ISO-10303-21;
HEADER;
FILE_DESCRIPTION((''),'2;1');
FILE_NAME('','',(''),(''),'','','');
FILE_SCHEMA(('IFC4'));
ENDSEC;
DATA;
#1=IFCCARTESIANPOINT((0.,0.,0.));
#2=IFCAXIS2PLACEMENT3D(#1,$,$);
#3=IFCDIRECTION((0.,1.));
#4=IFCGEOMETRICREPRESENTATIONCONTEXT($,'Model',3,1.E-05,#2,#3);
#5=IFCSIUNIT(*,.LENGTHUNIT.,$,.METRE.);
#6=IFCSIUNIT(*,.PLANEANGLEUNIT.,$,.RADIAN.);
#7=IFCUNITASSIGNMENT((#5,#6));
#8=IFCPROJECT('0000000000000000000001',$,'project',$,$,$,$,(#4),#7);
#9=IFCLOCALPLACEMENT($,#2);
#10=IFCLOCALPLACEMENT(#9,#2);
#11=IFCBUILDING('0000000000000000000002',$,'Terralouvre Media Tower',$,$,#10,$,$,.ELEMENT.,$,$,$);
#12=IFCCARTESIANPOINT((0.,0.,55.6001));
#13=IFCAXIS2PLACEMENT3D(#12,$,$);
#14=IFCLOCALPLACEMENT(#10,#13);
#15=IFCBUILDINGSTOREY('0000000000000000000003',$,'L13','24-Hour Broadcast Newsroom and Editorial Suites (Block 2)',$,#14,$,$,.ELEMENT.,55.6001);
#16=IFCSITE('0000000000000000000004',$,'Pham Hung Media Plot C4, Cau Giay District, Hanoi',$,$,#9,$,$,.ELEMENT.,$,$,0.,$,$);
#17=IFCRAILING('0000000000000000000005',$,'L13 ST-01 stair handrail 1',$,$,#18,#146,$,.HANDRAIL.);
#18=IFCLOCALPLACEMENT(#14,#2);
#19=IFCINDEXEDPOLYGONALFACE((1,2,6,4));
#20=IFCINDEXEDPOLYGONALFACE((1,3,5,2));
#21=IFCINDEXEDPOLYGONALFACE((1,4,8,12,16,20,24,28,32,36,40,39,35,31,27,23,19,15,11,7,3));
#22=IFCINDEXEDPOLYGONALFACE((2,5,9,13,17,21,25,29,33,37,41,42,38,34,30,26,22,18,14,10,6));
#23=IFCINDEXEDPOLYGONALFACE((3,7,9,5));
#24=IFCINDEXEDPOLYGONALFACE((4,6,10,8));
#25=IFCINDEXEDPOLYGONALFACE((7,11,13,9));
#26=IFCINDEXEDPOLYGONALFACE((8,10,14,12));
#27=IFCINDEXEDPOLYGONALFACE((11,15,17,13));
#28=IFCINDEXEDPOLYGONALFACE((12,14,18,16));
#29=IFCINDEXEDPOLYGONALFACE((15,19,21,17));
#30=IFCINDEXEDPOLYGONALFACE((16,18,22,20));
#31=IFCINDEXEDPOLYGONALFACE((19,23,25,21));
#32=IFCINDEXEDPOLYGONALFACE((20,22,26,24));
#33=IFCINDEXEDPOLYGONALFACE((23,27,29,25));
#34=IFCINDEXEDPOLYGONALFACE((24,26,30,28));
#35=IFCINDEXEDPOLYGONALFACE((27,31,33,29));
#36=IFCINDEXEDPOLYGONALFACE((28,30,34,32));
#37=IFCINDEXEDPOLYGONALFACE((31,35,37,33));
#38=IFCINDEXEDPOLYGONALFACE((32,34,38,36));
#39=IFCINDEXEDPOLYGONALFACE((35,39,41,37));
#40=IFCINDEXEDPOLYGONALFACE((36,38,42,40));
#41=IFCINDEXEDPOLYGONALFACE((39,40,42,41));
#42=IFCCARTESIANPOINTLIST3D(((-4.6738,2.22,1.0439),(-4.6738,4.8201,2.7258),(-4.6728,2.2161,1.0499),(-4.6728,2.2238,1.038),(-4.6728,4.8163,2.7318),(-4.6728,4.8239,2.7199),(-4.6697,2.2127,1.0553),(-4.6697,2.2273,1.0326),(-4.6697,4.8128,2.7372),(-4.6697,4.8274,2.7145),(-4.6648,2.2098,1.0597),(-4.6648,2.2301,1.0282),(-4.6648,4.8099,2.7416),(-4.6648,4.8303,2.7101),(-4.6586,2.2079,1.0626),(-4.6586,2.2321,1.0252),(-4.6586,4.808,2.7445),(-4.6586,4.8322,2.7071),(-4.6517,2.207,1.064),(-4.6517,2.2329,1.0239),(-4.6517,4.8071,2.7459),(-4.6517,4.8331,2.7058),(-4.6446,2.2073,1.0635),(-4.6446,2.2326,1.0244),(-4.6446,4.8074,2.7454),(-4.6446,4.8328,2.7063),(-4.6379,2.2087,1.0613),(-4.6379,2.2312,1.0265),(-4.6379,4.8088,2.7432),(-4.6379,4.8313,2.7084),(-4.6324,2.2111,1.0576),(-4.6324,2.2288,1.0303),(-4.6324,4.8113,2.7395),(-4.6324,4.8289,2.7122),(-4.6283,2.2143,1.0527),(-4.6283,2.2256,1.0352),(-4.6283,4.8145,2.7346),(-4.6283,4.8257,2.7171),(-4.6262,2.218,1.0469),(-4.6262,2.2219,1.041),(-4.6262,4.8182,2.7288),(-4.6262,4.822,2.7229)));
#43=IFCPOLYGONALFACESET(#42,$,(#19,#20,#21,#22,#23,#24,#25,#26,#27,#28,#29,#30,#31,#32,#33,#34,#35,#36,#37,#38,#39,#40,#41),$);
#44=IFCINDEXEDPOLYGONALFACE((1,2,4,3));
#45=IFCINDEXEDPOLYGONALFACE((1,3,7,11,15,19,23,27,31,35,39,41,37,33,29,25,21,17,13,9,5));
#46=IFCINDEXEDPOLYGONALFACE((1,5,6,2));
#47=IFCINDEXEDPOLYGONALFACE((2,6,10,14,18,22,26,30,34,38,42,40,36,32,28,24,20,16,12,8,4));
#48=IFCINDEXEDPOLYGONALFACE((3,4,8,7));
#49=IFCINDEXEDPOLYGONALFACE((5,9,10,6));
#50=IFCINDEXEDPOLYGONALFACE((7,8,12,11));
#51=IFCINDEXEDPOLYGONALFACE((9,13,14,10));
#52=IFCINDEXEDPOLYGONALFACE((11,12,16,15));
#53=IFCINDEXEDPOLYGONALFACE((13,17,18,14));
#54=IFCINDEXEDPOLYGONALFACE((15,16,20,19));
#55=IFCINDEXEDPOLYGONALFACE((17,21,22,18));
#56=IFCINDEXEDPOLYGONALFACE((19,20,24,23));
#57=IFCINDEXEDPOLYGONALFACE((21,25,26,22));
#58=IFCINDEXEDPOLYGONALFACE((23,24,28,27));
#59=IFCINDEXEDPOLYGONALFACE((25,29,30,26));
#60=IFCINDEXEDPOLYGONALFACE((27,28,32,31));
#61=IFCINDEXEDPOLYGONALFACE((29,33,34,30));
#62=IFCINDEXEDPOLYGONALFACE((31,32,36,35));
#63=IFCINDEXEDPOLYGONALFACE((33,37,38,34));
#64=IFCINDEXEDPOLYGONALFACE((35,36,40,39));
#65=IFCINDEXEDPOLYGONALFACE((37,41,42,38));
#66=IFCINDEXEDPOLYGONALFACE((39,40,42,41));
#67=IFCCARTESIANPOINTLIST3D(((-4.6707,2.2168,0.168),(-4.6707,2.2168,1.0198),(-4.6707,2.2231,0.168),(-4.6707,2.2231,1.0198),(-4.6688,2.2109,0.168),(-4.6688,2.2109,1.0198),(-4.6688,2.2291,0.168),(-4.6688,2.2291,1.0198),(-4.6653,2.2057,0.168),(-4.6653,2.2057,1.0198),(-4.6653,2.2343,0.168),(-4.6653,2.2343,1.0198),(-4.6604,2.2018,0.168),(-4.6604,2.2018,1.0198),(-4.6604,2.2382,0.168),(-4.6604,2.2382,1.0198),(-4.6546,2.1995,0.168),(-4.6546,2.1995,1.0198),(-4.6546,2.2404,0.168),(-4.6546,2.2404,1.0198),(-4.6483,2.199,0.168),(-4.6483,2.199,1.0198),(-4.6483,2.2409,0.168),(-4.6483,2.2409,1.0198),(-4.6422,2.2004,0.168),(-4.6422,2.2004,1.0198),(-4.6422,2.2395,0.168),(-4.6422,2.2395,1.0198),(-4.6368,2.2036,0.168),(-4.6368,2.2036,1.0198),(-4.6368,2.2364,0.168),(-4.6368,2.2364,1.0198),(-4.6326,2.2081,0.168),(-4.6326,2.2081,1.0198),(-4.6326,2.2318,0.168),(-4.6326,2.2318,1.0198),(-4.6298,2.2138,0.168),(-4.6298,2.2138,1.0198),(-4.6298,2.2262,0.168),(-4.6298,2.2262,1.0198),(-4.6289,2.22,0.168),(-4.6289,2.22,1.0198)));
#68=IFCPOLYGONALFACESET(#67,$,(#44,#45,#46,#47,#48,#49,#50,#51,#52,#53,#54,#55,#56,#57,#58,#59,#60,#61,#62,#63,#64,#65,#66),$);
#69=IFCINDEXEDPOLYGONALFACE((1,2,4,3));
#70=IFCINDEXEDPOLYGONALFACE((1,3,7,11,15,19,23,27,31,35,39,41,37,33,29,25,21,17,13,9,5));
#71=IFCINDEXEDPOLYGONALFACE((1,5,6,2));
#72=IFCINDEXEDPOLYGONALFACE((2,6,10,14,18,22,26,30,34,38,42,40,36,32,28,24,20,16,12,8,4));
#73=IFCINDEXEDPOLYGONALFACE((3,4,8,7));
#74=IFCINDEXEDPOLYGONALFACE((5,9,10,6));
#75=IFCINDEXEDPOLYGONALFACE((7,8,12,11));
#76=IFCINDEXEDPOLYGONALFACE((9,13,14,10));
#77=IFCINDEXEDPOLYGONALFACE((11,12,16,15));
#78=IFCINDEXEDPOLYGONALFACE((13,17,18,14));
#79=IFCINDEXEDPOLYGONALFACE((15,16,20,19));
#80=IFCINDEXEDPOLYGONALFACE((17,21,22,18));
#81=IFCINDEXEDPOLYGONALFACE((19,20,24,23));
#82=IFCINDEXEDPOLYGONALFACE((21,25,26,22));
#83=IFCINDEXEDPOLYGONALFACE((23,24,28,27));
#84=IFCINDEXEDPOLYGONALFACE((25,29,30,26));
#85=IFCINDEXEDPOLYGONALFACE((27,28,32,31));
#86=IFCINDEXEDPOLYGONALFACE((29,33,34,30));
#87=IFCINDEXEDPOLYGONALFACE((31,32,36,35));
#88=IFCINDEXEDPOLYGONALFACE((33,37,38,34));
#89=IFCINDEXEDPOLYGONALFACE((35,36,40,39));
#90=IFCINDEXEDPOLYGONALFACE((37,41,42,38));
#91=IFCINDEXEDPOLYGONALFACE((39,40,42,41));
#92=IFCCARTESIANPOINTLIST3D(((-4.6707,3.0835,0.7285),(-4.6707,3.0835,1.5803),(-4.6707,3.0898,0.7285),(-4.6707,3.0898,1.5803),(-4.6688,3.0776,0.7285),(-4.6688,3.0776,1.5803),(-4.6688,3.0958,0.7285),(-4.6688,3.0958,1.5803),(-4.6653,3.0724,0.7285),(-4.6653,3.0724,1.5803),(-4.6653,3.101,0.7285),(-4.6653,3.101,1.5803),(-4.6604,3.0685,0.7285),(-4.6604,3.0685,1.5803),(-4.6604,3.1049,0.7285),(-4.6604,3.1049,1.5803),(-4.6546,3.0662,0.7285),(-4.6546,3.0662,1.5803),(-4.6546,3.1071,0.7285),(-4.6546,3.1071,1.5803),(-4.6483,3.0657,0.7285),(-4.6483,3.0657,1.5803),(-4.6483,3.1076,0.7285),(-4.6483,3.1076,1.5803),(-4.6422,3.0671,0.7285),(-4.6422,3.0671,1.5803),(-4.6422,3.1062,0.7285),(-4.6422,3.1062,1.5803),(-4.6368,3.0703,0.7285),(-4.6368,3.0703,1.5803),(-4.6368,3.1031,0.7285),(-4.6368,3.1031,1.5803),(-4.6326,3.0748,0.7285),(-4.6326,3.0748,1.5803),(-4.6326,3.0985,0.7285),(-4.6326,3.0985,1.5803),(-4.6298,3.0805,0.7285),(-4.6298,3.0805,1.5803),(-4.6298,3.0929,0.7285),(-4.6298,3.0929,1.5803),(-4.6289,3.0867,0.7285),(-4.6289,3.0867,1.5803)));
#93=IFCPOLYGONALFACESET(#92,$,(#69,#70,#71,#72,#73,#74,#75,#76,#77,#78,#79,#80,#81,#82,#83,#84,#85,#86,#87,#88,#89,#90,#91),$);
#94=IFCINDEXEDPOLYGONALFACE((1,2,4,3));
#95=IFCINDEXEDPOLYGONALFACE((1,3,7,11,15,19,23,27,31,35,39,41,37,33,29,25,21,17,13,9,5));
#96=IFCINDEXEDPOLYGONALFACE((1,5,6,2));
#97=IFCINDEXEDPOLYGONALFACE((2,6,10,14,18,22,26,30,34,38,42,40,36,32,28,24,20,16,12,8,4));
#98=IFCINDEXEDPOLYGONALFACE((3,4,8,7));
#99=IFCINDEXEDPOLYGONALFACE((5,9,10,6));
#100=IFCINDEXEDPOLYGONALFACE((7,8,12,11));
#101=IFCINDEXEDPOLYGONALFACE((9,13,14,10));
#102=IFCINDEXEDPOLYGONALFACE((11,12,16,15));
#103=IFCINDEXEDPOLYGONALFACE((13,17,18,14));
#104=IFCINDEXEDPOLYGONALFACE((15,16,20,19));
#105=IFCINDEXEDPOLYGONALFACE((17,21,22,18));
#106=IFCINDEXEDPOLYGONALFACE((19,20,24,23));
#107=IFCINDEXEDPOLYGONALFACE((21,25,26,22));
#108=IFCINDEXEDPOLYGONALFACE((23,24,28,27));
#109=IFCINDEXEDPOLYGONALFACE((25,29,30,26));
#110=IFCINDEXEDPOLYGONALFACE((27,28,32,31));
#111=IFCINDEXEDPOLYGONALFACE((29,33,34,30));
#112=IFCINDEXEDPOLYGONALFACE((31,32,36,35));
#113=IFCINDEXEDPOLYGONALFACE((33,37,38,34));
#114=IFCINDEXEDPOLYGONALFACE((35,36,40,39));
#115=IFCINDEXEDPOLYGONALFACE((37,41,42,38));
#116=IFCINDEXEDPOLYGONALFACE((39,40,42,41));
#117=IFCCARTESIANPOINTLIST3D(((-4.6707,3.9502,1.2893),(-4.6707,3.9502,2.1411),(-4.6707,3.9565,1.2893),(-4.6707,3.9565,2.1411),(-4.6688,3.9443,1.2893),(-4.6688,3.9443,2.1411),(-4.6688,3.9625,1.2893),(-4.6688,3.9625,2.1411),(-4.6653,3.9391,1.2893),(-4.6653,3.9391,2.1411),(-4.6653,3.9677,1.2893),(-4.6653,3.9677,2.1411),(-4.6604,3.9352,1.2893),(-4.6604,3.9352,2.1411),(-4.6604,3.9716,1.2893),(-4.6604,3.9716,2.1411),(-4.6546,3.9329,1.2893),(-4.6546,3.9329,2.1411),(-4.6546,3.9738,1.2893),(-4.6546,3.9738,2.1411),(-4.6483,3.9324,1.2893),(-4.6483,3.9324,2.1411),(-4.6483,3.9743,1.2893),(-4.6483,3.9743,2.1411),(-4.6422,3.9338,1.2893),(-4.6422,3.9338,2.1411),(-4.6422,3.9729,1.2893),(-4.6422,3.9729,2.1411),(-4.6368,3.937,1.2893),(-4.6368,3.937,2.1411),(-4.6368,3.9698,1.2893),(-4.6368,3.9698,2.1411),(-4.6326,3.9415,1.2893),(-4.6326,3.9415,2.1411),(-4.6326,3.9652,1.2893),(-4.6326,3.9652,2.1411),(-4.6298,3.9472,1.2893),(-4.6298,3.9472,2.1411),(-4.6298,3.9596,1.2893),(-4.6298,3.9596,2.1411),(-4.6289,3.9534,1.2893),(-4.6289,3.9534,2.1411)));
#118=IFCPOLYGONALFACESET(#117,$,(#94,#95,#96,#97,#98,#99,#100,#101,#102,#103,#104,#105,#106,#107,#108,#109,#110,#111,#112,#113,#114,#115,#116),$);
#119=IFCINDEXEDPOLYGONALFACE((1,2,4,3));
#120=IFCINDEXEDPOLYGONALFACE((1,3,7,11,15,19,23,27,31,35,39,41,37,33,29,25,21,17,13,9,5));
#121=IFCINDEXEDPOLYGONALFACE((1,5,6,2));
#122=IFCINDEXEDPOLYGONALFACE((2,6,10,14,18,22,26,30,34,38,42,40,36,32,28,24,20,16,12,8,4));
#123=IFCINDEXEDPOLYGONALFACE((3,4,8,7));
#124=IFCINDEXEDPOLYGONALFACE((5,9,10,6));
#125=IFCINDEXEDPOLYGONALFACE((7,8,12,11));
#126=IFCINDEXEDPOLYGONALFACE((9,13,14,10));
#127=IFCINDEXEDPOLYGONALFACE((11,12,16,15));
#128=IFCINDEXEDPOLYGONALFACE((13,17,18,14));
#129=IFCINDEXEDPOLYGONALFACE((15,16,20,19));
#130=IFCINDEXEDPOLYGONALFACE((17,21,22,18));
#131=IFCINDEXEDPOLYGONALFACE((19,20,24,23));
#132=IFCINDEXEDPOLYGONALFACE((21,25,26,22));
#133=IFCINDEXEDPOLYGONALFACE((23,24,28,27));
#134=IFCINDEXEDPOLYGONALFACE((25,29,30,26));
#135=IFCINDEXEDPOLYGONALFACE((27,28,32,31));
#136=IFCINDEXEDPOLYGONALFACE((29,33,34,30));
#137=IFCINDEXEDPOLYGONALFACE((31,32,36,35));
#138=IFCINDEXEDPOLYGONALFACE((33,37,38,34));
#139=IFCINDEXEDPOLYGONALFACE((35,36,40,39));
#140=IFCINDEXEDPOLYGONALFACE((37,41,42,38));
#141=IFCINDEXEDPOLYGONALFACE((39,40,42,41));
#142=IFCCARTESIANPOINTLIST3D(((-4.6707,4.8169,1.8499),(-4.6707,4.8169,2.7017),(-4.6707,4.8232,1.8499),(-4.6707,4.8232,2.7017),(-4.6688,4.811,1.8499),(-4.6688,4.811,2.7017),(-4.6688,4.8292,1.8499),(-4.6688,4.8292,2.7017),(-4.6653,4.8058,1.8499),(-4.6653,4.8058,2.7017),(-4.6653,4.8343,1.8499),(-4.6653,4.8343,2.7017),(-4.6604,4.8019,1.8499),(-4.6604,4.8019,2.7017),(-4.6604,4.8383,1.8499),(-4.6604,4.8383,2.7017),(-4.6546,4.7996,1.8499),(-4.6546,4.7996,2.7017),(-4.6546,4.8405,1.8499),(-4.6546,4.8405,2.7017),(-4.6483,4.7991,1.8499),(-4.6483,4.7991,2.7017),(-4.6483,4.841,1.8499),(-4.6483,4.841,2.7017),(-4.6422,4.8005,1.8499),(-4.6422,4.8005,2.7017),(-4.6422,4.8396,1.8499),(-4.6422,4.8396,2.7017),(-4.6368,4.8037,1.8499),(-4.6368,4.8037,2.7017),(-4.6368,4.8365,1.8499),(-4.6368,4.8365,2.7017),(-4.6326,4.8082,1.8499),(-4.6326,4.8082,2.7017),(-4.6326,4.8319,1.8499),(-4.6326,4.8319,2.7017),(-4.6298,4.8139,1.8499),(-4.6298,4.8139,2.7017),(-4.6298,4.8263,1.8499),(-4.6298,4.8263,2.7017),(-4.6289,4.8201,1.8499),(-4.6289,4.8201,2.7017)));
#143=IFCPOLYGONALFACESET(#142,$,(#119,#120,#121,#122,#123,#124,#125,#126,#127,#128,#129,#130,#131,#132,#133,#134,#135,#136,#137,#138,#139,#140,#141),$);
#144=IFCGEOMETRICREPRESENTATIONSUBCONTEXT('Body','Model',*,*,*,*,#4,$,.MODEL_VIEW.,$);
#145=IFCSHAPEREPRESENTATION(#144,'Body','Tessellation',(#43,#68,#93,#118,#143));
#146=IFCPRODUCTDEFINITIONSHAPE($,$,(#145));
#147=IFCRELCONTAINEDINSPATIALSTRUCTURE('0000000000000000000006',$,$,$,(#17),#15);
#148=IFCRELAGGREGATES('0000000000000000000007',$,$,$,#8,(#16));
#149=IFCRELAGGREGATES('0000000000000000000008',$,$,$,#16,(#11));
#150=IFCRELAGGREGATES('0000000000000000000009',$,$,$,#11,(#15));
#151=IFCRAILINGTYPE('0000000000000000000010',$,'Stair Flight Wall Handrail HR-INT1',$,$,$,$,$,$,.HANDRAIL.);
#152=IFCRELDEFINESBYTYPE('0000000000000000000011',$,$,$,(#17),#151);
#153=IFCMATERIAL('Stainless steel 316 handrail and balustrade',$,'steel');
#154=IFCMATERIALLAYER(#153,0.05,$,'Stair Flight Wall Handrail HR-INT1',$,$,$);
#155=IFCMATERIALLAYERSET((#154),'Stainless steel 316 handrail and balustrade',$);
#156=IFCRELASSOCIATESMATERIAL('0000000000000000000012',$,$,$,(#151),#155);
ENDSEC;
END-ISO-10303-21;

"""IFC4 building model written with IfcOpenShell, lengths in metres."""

from ifc_helpers import new_model, si_unit, direction, frame, origin, origin_2d, place, context, subcontext, project, spatial, circle, extrude, material, layer, layer_set, type_object, element, save


model = new_model("IFC4")

# Units and contexts
model_context = context("Model", 3, precision=1e-05, world=origin(), true_north=direction((0.0, 1.0)))
body_context = subcontext(model_context, "Body", "Model", "MODEL_VIEW")
ifc_project = project(units=[si_unit("LENGTHUNIT", "METRE"), si_unit("PLANEANGLEUNIT", "RADIAN")], contexts=[model_context])

# Site, building, storey
site_placement = place(None, origin())
site = spatial("IfcSite", under=ifc_project, at=site_placement, Name="Pham Hung Media Plot C4, Cau Giay District, Hanoi", CompositionType="ELEMENT", RefElevation=0.0)
building_placement = place(site_placement, origin())
building = spatial("IfcBuilding", under=site, at=building_placement, Name="Terralouvre Media Tower", CompositionType="ELEMENT")
storey_placement = place(building_placement, frame((0.0, 0.0, 55.6001)))
storey = spatial("IfcBuildingStorey", under=building, at=storey_placement, Name="L13", Description="24-Hour Broadcast Newsroom and Editorial Suites (Block 2)", CompositionType="ELEMENT", Elevation=55.6001)

# Railing
ifc_material_1 = material(Name="Stainless steel 316 handrail and balustrade", Category="steel")
ifc_layer_1 = layer(ifc_material_1, 0.05, Name="Stair Flight Wall Handrail HR-INT1")
ifc_layer_set_1 = layer_set([ifc_layer_1], Name="Stainless steel 316 handrail and balustrade")
railing_type_1 = type_object("IfcRailingType", Name="Stair Flight Wall Handrail HR-INT1", PredefinedType="HANDRAIL", material=ifc_layer_set_1)
railing_1_placement = place(storey_placement, frame((-4.6499, 2.22, 0.168)))
element("IfcRailing", 1, at=railing_1_placement, inside=storey, type_object=railing_type_1, Name="L13 ST-01 stair handrail 1", PredefinedType="HANDRAIL", context=body_context, shape_type="SweptSolid", body=[
    extrude(circle(Radius=0.0239, at=origin_2d()), frame((0.0, 0.0, 0.876), z_axis=(0.0, 0.839648, 0.54313), x_axis=(-1.0, 0.0, 0.0)), (0.0, 0.0, 1.0), 3.0967),
    extrude(circle(Radius=0.021, at=origin_2d()), origin(), (0.0, 0.0, 1.0), 0.8518),
    extrude(circle(Radius=0.021, at=origin_2d()), frame((0.0, 0.8667, 0.5605)), (0.0, 0.0, 1.0), 0.8518),
    extrude(circle(Radius=0.021, at=origin_2d()), frame((0.0, 1.7334, 1.1213)), (0.0, 0.0, 1.0), 0.8518),
    extrude(circle(Radius=0.021, at=origin_2d()), frame((0.0, 2.6001, 1.6819)), (0.0, 0.0, 1.0), 0.8518),
])

save(model, "model.ifc")
